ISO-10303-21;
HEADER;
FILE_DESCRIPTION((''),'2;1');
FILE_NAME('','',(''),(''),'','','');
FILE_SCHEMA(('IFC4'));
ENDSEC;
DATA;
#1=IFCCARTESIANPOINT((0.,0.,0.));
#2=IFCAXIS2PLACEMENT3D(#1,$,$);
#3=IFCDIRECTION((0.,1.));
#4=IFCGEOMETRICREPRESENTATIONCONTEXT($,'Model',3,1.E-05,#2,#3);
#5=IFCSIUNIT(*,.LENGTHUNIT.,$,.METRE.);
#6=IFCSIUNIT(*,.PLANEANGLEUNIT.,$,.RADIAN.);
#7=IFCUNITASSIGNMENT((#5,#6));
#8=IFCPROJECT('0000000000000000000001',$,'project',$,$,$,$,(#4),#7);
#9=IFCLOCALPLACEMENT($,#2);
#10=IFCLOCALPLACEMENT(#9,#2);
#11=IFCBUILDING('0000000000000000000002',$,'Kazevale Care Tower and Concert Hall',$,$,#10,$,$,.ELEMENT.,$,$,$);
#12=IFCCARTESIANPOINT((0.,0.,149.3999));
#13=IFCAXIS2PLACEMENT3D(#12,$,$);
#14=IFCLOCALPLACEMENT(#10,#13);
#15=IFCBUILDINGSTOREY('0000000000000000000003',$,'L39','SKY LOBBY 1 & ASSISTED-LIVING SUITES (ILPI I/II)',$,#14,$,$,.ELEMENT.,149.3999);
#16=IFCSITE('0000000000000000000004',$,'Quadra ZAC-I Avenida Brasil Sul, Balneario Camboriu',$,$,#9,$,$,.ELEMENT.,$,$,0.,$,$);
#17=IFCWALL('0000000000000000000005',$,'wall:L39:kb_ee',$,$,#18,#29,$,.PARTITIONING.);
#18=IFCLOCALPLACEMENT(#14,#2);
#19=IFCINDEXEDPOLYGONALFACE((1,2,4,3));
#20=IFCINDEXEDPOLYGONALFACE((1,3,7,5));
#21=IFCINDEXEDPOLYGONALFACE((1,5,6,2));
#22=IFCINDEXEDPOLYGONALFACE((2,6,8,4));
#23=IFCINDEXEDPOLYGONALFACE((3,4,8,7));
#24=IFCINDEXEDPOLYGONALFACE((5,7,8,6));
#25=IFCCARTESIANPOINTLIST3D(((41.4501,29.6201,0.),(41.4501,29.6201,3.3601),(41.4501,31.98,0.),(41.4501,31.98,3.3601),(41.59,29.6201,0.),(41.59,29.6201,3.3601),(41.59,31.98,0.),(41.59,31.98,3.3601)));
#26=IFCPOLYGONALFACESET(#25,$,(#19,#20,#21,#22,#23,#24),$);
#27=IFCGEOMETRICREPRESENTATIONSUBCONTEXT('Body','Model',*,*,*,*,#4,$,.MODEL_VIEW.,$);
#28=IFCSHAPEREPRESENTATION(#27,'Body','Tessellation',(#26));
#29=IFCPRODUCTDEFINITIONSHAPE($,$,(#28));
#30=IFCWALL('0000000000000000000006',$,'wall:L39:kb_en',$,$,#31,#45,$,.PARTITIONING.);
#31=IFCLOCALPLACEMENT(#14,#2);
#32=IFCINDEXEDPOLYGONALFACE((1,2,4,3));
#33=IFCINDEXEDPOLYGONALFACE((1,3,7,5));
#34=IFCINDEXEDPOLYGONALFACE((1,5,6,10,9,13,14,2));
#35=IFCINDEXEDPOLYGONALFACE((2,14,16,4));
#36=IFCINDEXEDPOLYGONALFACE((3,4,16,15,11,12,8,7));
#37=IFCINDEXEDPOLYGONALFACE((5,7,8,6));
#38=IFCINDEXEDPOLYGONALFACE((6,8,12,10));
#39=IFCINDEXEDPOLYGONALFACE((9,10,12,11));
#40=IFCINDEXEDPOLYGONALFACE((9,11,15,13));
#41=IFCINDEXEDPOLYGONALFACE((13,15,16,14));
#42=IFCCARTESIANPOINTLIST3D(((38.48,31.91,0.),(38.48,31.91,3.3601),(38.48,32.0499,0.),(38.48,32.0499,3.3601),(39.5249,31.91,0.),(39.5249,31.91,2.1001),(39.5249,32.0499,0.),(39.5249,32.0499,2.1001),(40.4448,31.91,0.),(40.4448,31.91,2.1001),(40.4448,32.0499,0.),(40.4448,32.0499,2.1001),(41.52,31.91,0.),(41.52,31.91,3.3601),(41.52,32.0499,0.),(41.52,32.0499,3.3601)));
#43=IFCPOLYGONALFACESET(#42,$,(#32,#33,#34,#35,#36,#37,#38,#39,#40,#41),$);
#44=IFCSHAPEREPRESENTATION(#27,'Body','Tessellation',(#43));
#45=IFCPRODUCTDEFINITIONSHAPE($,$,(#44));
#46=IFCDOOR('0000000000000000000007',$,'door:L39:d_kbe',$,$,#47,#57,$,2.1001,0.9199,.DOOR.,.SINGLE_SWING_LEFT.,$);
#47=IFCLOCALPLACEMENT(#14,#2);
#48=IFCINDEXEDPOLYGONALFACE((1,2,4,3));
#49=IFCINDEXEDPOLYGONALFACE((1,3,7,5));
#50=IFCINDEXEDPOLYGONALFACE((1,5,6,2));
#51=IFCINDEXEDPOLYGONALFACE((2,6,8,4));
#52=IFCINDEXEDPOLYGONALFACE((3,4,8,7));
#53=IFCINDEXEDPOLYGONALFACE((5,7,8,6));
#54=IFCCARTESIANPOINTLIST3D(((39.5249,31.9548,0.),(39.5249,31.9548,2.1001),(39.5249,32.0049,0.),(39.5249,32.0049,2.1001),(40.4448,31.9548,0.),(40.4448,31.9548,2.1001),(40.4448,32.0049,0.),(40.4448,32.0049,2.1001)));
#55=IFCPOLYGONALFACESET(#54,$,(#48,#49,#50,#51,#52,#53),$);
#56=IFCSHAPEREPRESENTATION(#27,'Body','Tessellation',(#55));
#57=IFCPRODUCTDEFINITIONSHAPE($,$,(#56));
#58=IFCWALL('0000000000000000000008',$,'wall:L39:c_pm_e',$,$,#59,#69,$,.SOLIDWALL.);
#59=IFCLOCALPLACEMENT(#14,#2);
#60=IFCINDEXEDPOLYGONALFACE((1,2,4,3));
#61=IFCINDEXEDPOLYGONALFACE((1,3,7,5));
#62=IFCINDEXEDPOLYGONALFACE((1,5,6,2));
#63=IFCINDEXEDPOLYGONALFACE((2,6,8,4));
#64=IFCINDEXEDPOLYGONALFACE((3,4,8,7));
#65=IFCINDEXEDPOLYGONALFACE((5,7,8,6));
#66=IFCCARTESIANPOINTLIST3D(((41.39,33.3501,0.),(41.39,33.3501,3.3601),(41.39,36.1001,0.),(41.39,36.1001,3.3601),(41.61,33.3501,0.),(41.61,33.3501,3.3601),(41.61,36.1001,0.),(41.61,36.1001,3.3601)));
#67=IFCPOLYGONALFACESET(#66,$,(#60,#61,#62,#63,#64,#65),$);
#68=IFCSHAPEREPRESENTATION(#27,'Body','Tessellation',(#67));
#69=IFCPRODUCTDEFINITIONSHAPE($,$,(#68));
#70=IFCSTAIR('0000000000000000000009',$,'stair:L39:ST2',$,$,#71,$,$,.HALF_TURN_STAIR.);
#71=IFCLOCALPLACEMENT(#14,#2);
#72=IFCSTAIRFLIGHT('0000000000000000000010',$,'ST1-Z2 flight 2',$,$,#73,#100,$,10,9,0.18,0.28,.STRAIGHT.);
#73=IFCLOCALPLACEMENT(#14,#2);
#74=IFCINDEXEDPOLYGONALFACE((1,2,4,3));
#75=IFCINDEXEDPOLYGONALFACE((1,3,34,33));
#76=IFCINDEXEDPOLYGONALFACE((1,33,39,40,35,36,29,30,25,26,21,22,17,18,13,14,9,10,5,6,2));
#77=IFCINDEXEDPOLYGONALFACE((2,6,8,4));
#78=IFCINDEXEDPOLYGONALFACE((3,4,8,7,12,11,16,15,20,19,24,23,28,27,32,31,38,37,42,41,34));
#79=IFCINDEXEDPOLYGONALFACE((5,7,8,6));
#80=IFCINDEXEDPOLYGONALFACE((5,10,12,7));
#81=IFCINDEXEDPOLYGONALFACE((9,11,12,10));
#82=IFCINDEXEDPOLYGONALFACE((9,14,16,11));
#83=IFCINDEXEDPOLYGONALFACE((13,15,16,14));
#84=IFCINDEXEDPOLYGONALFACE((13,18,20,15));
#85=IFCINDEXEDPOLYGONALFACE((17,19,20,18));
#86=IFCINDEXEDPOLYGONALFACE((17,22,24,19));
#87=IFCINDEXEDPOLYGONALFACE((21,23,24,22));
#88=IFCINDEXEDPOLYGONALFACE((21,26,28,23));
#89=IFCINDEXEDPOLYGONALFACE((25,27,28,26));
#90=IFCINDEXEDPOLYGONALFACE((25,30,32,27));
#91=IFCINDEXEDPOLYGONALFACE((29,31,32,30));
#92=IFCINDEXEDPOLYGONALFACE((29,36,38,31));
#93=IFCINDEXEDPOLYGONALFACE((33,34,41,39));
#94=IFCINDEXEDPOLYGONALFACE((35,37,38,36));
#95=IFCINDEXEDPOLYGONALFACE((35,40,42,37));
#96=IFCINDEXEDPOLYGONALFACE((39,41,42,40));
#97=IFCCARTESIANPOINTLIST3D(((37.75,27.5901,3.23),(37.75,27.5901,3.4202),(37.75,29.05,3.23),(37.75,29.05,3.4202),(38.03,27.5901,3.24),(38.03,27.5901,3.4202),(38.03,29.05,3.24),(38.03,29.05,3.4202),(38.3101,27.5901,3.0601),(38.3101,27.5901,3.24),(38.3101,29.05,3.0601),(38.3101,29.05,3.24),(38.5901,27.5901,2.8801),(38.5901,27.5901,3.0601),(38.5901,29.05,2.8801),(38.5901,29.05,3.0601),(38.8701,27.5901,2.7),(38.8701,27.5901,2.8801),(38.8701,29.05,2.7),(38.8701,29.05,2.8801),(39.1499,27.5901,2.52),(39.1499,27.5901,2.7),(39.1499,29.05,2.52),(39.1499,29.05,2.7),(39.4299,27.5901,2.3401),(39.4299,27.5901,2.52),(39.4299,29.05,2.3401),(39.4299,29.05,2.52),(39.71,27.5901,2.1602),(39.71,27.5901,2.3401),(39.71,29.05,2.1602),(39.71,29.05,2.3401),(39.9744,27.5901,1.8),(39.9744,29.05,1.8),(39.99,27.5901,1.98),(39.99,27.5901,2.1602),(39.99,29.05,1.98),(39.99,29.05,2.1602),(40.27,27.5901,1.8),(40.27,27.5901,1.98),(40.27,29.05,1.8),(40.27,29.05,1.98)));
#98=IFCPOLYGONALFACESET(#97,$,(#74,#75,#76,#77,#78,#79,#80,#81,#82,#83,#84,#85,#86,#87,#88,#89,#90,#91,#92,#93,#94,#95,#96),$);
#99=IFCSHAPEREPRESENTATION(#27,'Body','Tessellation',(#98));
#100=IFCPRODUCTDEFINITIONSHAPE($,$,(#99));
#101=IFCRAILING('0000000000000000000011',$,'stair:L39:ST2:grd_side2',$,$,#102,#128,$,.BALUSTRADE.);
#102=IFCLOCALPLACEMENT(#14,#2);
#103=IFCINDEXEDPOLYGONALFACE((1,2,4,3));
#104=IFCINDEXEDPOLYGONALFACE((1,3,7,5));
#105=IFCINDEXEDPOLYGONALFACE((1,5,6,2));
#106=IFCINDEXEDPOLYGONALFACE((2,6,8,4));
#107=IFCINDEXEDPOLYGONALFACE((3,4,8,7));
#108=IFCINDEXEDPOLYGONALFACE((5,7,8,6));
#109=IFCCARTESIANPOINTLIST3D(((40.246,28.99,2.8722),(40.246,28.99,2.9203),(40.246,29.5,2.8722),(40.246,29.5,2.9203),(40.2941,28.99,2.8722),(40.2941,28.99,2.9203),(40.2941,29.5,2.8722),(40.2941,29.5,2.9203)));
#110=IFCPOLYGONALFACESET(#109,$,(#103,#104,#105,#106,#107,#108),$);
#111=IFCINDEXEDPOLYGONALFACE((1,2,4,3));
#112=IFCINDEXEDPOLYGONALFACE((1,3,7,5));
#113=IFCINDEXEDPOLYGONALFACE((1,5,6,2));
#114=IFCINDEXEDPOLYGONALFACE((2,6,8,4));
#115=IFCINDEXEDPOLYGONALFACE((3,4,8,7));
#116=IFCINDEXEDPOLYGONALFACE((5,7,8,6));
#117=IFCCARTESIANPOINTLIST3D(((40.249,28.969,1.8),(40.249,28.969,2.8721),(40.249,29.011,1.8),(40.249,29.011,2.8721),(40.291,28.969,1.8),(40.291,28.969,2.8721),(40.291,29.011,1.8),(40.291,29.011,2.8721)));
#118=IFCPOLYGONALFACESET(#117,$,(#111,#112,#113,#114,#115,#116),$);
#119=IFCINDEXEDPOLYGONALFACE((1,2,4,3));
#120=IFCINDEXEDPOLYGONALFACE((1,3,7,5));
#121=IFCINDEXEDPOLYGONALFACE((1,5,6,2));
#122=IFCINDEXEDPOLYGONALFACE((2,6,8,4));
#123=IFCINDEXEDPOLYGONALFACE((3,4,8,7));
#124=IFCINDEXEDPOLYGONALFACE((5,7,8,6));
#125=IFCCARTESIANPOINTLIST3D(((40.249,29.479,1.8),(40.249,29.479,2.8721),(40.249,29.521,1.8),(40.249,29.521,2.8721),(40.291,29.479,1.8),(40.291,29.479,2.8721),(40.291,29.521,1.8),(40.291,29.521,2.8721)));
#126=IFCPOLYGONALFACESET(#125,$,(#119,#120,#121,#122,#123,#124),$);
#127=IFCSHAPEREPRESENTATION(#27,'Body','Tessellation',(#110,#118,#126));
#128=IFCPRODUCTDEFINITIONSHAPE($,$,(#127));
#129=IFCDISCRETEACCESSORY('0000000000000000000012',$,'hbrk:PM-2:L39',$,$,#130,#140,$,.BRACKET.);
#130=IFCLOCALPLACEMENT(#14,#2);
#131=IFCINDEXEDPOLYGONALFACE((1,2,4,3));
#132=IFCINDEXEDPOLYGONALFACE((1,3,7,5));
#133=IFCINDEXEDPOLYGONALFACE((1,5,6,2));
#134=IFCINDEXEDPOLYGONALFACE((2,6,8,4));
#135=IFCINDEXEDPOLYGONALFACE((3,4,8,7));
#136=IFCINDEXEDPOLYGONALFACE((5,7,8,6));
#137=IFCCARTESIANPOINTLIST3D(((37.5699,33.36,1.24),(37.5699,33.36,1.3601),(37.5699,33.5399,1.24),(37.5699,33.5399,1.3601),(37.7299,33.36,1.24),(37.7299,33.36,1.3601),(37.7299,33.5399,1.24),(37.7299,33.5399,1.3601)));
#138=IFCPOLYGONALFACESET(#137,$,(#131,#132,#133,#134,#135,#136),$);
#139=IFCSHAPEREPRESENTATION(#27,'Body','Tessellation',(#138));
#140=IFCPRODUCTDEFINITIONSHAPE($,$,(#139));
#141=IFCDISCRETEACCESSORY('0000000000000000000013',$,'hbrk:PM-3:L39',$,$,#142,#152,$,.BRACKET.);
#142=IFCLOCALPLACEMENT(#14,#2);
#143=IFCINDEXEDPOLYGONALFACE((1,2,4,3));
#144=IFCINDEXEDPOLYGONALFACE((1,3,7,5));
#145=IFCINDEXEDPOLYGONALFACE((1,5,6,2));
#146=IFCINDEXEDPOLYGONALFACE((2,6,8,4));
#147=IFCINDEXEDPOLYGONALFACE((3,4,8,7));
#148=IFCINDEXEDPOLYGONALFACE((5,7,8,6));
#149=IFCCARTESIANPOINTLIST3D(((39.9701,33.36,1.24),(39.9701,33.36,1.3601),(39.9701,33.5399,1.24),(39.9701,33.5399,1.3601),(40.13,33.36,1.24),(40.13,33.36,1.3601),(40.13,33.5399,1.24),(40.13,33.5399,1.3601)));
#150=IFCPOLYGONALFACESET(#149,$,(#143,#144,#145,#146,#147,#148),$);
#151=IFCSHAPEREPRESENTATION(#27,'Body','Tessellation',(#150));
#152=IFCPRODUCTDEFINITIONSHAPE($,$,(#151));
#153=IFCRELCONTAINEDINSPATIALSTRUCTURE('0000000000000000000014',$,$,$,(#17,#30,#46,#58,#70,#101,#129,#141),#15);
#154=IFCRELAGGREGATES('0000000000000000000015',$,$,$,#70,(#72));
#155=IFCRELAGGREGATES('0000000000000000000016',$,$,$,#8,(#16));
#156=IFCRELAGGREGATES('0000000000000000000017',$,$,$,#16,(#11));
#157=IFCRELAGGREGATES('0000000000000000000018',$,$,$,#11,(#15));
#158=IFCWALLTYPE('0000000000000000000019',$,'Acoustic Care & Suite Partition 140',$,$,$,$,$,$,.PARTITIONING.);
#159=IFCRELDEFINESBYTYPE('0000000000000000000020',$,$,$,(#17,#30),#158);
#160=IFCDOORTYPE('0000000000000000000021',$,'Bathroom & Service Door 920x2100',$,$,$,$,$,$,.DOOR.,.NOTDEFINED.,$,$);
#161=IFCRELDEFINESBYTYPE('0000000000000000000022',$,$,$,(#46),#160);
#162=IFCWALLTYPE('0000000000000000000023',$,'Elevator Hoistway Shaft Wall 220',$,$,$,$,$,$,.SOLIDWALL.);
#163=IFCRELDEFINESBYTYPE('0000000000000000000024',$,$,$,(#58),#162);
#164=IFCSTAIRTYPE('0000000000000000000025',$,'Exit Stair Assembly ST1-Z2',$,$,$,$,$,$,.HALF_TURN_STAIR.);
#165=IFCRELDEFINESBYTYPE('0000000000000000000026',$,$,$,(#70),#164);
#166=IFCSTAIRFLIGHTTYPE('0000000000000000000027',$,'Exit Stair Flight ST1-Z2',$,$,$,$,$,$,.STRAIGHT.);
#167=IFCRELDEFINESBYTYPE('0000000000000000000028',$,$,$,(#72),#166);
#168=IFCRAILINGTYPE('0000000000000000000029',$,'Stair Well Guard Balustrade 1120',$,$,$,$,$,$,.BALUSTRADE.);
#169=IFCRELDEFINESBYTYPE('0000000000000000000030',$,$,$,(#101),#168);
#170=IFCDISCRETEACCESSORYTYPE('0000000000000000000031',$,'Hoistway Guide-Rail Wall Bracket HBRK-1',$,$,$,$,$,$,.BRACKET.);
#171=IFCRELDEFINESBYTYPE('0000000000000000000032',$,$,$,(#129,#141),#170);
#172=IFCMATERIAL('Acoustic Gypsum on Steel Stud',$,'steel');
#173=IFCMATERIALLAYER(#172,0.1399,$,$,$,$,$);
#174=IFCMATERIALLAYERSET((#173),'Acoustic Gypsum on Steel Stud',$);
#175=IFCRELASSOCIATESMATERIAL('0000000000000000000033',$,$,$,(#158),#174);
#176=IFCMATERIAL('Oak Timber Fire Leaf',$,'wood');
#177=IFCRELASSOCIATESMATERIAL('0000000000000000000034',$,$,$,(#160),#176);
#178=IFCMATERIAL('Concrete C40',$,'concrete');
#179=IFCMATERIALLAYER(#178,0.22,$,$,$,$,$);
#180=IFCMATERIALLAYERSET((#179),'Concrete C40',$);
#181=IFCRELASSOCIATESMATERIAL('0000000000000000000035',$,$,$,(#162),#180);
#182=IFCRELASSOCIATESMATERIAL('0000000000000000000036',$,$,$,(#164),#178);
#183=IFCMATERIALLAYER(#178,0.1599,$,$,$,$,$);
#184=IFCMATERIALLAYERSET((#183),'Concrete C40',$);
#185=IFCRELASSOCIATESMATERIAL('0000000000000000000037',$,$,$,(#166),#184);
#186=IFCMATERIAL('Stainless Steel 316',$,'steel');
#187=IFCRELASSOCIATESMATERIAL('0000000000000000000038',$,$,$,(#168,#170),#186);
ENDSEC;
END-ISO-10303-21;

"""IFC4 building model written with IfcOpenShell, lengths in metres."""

from ifc_helpers import new_model, si_unit, direction, frame, frame_2d, origin, origin_2d, place, context, subcontext, project, spatial, polyline, rectangle, outline, extrude, material, layer, layer_set, type_object, element, fill, aggregate, save


model = new_model("IFC4")

# Units and contexts
model_context = context("Model", 3, precision=1e-05, world=origin(), true_north=direction((0.0, 1.0)))
body_context = subcontext(model_context, "Body", "Model", "MODEL_VIEW")
ifc_project = project(units=[si_unit("LENGTHUNIT", "METRE"), si_unit("PLANEANGLEUNIT", "RADIAN")], contexts=[model_context])

# Site, building, storey
site_placement = place(None, origin())
site = spatial("IfcSite", under=ifc_project, at=site_placement, Name="Quadra ZAC-I Avenida Brasil Sul, Balneario Camboriu", CompositionType="ELEMENT", RefElevation=0.0)
building_placement = place(site_placement, origin())
building = spatial("IfcBuilding", under=site, at=building_placement, Name="Kazevale Care Tower and Concert Hall", CompositionType="ELEMENT")
storey_placement = place(building_placement, frame((0.0, 0.0, 149.3999)))
storey = spatial("IfcBuildingStorey", under=building, at=storey_placement, Name="L39", Description="SKY LOBBY 1 & ASSISTED-LIVING SUITES (ILPI I/II)", CompositionType="ELEMENT", Elevation=149.3999)

# Wall
ifc_material_1 = material(Name="Acoustic Gypsum on Steel Stud", Category="steel")
ifc_layer_1 = layer(ifc_material_1, 0.1399)
ifc_layer_set_1 = layer_set([ifc_layer_1], Name="Acoustic Gypsum on Steel Stud")
wall_type_1 = type_object("IfcWallType", Name="Acoustic Care & Suite Partition 140", PredefinedType="PARTITIONING", material=ifc_layer_set_1)
for number, where, z_axis, x_axis, name in (
    (1, (41.52, 29.6201, 0.0), (0.0, 0.0, 1.0), (0.0, 1.0, 0.0), "wall:L39:kb_ee"),
):
    element("IfcWall", number, at=place(storey_placement, frame(where, z_axis=z_axis, x_axis=x_axis)), inside=storey, type_object=wall_type_1, Name=name, PredefinedType="PARTITIONING", context=body_context, shape_type="SweptSolid", body=[
        extrude(rectangle(XDim=2.3599, YDim=0.1399, at=frame_2d((1.1799, 0.0))), origin(), (0.0, 0.0, 1.0), 3.3601),
    ])

# Wall, opening, door
wall_1_placement = place(storey_placement, frame((38.48, 31.98, 0.0), z_axis=(0.0, 0.0, 1.0), x_axis=(1.0, 0.0, 0.0)))
wall_1 = element("IfcWall", 2, at=wall_1_placement, inside=storey, type_object=wall_type_1, Name="wall:L39:kb_en", PredefinedType="PARTITIONING", context=body_context, shape_type="SweptSolid", body=[
    extrude(rectangle(XDim=3.04, YDim=0.1399, at=frame_2d((1.52, 0.0))), origin(), (0.0, 0.0, 1.0), 3.3601),
])
opening_placement = place(wall_1_placement, frame((1.0449, 0.0, 0.0)))
opening = element("IfcOpeningElement", 3, at=opening_placement, cuts=wall_1, PredefinedType="OPENING", context=body_context, shape_type="SweptSolid", body=[
    extrude(rectangle(XDim=0.9199, YDim=2.1001, at=frame_2d((0.46, 1.05))), frame((0.0, 0.0798, 0.0), z_axis=(0.0, -1.0, 0.0), x_axis=(1.0, 0.0, 0.0)), (0.0, 0.0, 1.0), 0.1599),
])
ifc_material_2 = material(Name="Oak Timber Fire Leaf", Category="wood")
door_type = type_object("IfcDoorType", Name="Bathroom & Service Door 920x2100", OperationType="NOTDEFINED", PredefinedType="DOOR", material=ifc_material_2)
door_placement = place(opening_placement, origin())
door = element("IfcDoor", 4, at=door_placement, inside=storey, type_object=door_type, Name="door:L39:d_kbe", OperationType="SINGLE_SWING_LEFT", OverallHeight=2.1001, OverallWidth=0.9199, PredefinedType="DOOR", context=body_context, shape_type="SweptSolid", body=[
    extrude(rectangle(XDim=0.9199, YDim=2.1001, at=frame_2d((0.46, 1.05))), frame((0.0, 0.0249, 0.0), z_axis=(0.0, -1.0, 0.0), x_axis=(1.0, 0.0, 0.0)), (0.0, 0.0, 1.0), 0.05),
])
fill(opening, door)

# Wall
ifc_material_3 = material(Name="Concrete C40", Category="concrete")
ifc_layer_2 = layer(ifc_material_3, 0.22)
ifc_layer_set_2 = layer_set([ifc_layer_2], Name="Concrete C40")
wall_type_2 = type_object("IfcWallType", Name="Elevator Hoistway Shaft Wall 220", PredefinedType="SOLIDWALL", material=ifc_layer_set_2)
wall_2_placement = place(storey_placement, frame((41.5, 33.3501, 0.0), z_axis=(0.0, 0.0, 1.0), x_axis=(0.0, 1.0, 0.0)))
element("IfcWall", 5, at=wall_2_placement, inside=storey, type_object=wall_type_2, Name="wall:L39:c_pm_e", PredefinedType="SOLIDWALL", context=body_context, shape_type="SweptSolid", body=[
    extrude(rectangle(XDim=2.75, YDim=0.22, at=frame_2d((1.375, 0.0))), origin(), (0.0, 0.0, 1.0), 3.3601),
])

# Stair, stair flight
stair_type = type_object("IfcStairType", Name="Exit Stair Assembly ST1-Z2", PredefinedType="HALF_TURN_STAIR", material=ifc_material_3)
stair_placement = place(storey_placement, origin())
stair = element("IfcStair", 6, at=stair_placement, inside=storey, type_object=stair_type, Name="stair:L39:ST2", PredefinedType="HALF_TURN_STAIR")
ifc_layer_3 = layer(ifc_material_3, 0.1599)
ifc_layer_set_3 = layer_set([ifc_layer_3], Name="Concrete C40")
stair_flight_type = type_object("IfcStairFlightType", Name="Exit Stair Flight ST1-Z2", PredefinedType="STRAIGHT", material=ifc_layer_set_3)
stair_flight_placement = place(storey_placement, frame((40.27, 28.3201, 1.8), z_axis=(0.0, 0.0, 1.0), x_axis=(-1.0, 0.0, 0.0)))
stair_flight = element("IfcStairFlight", 7, at=stair_flight_placement, type_object=stair_flight_type, Name="ST1-Z2 flight 2", NumberOfRisers=10, NumberOfTreads=9, PredefinedType="STRAIGHT", RiserHeight=0.18, TreadLength=0.28, context=body_context, shape_type="SweptSolid", body=[
    extrude(outline(polyline([(0.0, 0.0), (0.0, 0.1799), (0.28, 0.1799), (0.28, 0.3601), (0.5601, 0.3601), (0.5601, 0.54), (0.8401, 0.54), (0.8401, 0.72), (1.1201, 0.72), (1.1201, 0.8999), (1.3999, 0.8999), (1.3999, 1.0801), (1.6799, 1.0801), (1.6799, 1.26), (1.96, 1.26), (1.96, 1.4399), (2.24, 1.4399), (2.24, 1.6201), (2.52, 1.6201), (2.52, 1.8), (2.52, 1.4299), (0.2957, 0.0), (0.0, 0.0)])), frame((0.0, 0.73, 0.0), z_axis=(0.0, -1.0, 0.0), x_axis=(1.0, 0.0, 0.0)), (0.0, 0.0, 1.0), 1.46),
])
aggregate(stair, [stair_flight])

# Railing
ifc_material_4 = material(Name="Stainless Steel 316", Category="steel")
railing_type = type_object("IfcRailingType", Name="Stair Well Guard Balustrade 1120", PredefinedType="BALUSTRADE", material=ifc_material_4)
railing_placement = place(storey_placement, frame((40.27, 28.99, 1.8)))
element("IfcRailing", 8, at=railing_placement, inside=storey, type_object=railing_type, Name="stair:L39:ST2:grd_side2", PredefinedType="BALUSTRADE", context=body_context, shape_type="SweptSolid", body=[
    extrude(rectangle(XDim=0.0481, YDim=0.0481, at=origin_2d()), frame((0.0, 0.0, 1.0962), z_axis=(0.0, 1.0, 0.0), x_axis=(-1.0, 0.0, 0.0)), (0.0, 0.0, 1.0), 0.51),
    extrude(rectangle(XDim=0.042, YDim=0.042, at=origin_2d()), origin(), (0.0, 0.0, 1.0), 1.072),
    extrude(rectangle(XDim=0.042, YDim=0.042, at=origin_2d()), frame((0.0, 0.51, 0.0)), (0.0, 0.0, 1.0), 1.072),
])

# Discrete accessories
discrete_accessory_type = type_object("IfcDiscreteAccessoryType", Name="Hoistway Guide-Rail Wall Bracket HBRK-1", PredefinedType="BRACKET", material=ifc_material_4)
for number, where, z_axis, x_axis, name in (
    (9, (37.6499, 33.45, 1.24), (0.0, 0.0, 1.0), (1.0, 0.0, 0.0), "hbrk:PM-2:L39"),
    (10, (40.05, 33.45, 1.24), (0.0, 0.0, 1.0), (1.0, 0.0, 0.0), "hbrk:PM-3:L39"),
):
    element("IfcDiscreteAccessory", number, at=place(storey_placement, frame(where, z_axis=z_axis, x_axis=x_axis)), inside=storey, type_object=discrete_accessory_type, Name=name, PredefinedType="BRACKET", context=body_context, shape_type="SweptSolid", body=[
        extrude(rectangle(XDim=0.1599, YDim=0.1799, at=origin_2d()), origin(), (0.0, 0.0, 1.0), 0.1201),
    ])

save(model, "model.ifc")
